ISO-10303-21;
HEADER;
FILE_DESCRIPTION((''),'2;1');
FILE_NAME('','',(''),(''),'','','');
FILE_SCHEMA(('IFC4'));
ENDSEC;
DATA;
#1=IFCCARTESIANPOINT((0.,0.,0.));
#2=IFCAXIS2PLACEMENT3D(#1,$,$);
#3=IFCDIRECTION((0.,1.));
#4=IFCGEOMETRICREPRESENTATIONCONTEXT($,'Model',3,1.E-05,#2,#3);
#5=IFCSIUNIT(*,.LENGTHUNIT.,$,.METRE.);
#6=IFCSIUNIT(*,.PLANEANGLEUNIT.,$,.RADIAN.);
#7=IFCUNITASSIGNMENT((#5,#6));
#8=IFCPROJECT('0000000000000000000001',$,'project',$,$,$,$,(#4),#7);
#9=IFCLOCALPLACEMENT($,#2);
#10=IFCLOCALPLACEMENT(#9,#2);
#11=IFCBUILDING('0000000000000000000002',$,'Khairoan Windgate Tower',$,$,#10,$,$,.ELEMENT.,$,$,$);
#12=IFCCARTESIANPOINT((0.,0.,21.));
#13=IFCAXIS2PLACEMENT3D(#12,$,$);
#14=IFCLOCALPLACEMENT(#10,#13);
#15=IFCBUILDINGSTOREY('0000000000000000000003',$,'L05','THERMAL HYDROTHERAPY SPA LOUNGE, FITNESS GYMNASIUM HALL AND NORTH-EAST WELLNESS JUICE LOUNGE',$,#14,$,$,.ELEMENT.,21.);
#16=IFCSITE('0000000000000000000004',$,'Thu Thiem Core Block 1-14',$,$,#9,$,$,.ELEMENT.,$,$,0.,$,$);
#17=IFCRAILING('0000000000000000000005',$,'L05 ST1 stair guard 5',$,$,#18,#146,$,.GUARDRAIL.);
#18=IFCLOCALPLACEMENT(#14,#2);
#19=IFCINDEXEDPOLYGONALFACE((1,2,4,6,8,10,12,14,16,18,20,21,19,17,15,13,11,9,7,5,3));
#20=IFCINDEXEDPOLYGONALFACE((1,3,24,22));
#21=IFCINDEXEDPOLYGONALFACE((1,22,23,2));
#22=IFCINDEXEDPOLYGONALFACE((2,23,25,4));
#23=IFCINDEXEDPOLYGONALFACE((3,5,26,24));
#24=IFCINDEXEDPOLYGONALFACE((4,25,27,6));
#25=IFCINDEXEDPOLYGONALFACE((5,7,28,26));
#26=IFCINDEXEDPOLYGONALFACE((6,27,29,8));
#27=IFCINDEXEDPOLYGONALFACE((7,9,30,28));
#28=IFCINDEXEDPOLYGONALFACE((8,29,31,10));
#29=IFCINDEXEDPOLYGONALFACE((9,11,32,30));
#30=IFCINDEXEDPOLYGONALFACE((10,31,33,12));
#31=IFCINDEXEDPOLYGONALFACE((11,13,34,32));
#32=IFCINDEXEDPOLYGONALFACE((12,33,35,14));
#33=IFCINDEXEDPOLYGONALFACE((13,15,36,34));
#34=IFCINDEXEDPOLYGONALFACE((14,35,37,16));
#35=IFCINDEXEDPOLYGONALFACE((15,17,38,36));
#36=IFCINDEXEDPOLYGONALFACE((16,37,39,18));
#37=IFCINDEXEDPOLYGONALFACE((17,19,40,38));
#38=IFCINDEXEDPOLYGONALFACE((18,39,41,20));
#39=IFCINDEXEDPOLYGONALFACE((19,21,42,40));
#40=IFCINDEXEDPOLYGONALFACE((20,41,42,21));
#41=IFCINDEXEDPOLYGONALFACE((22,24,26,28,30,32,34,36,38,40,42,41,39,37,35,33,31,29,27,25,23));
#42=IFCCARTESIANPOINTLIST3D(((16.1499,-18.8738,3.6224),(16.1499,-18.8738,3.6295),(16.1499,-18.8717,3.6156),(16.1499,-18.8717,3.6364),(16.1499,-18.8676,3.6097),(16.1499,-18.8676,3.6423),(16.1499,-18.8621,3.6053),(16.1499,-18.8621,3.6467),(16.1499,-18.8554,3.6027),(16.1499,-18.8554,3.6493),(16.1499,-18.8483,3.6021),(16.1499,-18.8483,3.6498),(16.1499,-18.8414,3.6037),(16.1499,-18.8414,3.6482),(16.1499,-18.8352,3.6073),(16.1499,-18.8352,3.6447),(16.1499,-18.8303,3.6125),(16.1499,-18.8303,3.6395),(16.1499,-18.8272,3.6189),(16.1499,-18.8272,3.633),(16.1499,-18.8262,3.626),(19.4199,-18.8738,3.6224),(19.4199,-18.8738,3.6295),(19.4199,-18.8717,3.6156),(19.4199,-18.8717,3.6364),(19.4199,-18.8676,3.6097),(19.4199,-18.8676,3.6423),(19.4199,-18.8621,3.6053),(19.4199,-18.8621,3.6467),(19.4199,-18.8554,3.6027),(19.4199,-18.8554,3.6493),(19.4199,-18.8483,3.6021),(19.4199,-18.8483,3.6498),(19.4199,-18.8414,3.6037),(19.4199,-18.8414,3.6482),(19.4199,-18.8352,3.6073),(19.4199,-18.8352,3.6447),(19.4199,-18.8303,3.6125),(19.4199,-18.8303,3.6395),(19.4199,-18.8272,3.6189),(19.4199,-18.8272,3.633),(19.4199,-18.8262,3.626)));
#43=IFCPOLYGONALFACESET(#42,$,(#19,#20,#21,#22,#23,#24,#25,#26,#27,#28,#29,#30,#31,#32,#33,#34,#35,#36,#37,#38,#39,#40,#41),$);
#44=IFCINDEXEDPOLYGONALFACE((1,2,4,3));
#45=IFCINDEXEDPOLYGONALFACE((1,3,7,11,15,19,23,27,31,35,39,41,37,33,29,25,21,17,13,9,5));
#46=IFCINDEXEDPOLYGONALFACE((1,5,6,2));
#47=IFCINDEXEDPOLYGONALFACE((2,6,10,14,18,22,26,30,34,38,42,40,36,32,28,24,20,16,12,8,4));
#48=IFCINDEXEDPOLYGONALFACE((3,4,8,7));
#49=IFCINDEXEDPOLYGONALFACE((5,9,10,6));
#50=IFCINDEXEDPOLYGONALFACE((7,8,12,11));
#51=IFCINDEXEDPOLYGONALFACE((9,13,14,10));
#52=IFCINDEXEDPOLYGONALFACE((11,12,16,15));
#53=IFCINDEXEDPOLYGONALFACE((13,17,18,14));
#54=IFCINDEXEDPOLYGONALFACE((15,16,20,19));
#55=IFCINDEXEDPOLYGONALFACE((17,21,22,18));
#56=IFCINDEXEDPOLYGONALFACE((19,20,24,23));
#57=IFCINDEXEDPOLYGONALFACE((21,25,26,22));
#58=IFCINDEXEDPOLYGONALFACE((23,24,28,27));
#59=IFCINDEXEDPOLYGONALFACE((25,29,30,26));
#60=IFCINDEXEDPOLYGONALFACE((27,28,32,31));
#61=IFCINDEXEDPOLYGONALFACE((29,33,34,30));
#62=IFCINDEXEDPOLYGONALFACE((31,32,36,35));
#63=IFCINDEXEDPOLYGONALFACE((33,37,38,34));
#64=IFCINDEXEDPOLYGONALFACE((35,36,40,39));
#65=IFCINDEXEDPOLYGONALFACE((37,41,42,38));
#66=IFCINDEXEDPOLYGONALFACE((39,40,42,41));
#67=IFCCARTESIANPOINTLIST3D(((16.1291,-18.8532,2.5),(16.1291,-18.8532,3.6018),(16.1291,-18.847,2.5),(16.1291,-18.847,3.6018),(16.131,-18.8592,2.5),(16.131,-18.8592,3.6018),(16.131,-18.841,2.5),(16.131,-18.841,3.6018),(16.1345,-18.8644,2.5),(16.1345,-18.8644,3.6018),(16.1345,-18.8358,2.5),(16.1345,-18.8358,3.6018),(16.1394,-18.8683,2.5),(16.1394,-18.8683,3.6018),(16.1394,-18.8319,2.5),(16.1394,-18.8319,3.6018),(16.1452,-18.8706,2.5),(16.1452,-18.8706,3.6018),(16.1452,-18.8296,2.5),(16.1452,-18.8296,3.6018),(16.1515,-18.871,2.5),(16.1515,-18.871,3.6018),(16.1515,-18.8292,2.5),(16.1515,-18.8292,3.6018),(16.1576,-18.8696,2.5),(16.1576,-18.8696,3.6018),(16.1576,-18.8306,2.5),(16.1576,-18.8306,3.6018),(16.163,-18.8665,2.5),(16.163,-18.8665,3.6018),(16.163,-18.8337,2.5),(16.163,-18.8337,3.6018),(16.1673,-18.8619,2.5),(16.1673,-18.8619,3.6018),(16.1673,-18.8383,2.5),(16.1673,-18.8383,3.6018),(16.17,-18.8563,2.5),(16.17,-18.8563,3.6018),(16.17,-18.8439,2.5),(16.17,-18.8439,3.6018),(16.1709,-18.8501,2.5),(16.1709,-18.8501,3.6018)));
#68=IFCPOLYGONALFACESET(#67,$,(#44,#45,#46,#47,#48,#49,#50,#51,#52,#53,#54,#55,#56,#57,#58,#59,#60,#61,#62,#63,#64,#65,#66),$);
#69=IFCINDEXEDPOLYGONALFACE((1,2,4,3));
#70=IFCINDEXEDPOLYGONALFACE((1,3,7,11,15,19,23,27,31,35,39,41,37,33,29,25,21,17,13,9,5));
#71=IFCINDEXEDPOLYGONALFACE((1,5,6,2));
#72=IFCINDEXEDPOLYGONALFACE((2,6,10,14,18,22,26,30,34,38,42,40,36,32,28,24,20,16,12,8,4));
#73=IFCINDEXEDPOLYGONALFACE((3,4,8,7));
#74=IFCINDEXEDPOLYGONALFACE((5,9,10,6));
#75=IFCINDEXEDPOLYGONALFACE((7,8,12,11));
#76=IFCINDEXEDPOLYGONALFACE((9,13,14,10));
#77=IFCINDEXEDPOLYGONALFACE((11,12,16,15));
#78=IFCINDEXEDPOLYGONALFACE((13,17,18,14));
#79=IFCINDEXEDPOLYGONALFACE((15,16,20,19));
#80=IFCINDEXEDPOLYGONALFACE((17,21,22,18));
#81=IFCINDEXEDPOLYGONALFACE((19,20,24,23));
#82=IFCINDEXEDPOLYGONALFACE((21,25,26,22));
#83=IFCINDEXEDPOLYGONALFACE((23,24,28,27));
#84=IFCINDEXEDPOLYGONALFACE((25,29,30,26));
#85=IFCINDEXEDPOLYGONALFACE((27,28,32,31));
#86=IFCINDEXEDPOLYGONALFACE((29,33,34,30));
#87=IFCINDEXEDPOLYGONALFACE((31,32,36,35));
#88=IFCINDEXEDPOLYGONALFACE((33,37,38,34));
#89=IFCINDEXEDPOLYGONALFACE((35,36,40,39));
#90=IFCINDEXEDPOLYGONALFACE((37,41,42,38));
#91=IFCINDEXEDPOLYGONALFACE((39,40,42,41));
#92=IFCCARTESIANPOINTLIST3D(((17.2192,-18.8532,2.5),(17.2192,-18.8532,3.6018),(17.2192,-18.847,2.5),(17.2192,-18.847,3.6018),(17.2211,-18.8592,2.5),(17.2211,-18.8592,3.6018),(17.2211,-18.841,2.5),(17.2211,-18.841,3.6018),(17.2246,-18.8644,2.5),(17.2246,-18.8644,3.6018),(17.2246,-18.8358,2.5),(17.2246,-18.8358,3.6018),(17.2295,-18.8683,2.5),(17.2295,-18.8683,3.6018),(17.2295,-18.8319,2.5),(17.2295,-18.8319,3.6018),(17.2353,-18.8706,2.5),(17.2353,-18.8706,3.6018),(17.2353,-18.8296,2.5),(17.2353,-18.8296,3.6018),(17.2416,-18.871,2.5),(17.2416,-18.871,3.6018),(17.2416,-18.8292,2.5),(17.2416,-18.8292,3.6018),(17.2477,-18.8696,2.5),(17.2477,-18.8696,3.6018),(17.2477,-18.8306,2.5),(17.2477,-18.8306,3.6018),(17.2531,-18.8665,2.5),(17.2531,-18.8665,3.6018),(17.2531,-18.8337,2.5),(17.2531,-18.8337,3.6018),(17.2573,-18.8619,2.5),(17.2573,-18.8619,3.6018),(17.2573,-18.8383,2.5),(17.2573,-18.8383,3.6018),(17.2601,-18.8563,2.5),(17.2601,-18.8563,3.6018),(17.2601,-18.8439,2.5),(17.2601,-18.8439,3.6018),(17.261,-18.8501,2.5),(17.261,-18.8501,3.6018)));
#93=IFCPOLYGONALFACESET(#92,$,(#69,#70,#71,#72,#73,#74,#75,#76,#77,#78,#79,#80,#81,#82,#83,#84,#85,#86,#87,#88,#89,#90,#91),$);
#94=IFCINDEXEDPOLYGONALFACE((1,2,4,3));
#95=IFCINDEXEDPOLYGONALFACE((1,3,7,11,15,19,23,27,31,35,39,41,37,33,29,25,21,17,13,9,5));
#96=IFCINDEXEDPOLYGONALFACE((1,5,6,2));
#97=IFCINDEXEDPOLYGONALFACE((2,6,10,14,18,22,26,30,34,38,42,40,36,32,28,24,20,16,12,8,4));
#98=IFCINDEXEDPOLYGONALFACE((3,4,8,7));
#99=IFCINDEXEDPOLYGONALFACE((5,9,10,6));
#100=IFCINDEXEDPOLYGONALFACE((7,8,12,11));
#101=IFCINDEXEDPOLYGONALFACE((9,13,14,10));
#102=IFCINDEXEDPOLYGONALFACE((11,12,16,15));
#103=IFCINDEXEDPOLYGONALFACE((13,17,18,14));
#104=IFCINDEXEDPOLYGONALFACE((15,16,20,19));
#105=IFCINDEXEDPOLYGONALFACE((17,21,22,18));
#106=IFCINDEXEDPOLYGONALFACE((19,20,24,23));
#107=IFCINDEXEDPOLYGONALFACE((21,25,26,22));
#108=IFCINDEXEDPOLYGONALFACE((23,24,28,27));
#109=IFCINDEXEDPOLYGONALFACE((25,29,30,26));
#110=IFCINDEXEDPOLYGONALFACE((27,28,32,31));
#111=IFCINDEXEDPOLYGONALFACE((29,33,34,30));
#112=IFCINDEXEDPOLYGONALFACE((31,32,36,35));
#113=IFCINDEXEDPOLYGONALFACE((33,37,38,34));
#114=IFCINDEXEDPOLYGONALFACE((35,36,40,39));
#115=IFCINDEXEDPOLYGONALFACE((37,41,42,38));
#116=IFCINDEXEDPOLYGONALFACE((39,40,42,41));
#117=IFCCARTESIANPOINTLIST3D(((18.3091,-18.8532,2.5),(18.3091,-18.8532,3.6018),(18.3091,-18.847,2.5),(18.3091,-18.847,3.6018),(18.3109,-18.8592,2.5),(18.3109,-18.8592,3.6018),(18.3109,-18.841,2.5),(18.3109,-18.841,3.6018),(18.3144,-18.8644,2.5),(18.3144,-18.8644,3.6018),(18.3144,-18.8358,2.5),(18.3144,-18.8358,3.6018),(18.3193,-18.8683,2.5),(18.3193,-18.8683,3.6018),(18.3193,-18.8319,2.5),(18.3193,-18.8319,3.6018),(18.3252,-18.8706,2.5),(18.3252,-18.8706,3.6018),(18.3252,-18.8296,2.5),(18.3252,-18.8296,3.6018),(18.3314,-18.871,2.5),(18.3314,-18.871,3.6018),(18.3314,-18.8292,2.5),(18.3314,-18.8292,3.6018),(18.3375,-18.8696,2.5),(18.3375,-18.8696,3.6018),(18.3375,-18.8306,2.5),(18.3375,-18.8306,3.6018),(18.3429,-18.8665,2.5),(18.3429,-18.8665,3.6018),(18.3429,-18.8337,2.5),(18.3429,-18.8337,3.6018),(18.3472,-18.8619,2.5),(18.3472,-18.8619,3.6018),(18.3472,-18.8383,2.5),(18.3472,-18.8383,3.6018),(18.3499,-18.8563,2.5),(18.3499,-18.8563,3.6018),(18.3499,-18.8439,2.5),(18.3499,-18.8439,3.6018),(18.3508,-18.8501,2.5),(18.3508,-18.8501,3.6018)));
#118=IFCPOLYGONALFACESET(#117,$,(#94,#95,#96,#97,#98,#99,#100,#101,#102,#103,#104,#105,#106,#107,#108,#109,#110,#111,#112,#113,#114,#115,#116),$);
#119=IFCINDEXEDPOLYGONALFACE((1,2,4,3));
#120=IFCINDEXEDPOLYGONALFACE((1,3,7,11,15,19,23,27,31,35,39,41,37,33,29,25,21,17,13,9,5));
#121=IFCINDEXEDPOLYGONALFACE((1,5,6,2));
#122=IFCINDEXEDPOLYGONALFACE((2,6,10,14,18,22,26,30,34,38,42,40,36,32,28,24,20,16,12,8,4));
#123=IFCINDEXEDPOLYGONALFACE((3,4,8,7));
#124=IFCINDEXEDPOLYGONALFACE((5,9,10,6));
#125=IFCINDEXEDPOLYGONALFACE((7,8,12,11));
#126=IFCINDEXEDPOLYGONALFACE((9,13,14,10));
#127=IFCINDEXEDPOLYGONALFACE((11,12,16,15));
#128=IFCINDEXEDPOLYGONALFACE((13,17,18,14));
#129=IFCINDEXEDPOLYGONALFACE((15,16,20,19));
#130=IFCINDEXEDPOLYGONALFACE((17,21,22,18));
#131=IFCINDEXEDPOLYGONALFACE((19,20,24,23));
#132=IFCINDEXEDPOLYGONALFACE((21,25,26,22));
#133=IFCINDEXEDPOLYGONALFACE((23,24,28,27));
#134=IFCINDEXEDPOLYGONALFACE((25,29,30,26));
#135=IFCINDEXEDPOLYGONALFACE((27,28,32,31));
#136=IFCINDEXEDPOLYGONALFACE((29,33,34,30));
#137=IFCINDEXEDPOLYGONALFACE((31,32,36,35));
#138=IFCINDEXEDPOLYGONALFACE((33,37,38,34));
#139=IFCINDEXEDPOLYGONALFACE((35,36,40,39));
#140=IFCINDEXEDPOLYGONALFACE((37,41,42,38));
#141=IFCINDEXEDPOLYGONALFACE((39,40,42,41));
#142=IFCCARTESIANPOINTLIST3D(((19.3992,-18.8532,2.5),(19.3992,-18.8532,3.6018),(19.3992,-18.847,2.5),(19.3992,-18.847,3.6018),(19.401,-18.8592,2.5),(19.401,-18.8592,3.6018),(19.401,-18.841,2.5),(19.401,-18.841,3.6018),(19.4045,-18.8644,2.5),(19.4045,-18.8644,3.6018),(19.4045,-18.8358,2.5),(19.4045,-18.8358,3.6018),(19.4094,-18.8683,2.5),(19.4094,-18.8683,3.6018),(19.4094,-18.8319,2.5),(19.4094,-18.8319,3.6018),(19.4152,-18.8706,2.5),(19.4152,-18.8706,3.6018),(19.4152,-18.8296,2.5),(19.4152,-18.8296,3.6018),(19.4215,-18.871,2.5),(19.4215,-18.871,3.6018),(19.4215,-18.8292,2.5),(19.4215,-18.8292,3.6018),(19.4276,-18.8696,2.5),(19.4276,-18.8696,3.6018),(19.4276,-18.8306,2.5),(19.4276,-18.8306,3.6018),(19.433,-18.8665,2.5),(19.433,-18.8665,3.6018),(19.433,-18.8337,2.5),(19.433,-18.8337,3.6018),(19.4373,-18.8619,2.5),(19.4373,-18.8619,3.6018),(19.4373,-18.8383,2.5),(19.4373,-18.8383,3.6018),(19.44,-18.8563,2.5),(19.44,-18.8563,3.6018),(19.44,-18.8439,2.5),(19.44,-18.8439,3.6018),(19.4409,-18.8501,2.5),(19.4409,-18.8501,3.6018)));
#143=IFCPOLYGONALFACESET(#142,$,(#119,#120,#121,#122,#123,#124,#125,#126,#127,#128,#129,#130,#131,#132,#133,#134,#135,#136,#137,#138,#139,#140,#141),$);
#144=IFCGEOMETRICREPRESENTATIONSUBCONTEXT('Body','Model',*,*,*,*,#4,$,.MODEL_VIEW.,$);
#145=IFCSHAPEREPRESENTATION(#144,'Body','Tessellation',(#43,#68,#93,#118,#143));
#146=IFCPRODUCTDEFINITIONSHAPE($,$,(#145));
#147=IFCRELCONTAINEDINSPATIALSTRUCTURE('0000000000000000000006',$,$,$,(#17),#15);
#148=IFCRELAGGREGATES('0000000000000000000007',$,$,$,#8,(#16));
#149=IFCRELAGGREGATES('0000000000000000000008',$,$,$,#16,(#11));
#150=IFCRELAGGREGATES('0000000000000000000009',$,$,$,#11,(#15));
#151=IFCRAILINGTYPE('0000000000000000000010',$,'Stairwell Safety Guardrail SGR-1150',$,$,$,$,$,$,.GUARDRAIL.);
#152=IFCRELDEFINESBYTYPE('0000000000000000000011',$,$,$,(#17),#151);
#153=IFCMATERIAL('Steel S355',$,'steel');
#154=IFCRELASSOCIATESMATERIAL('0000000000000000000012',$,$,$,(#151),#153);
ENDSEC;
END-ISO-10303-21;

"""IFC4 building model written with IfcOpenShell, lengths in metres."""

from ifc_helpers import new_model, si_unit, direction, frame, origin, origin_2d, place, context, subcontext, project, spatial, circle, extrude, material, type_object, element, save


model = new_model("IFC4")

# Units and contexts
model_context = context("Model", 3, precision=1e-05, world=origin(), true_north=direction((0.0, 1.0)))
body_context = subcontext(model_context, "Body", "Model", "MODEL_VIEW")
ifc_project = project(units=[si_unit("LENGTHUNIT", "METRE"), si_unit("PLANEANGLEUNIT", "RADIAN")], contexts=[model_context])

# Site, building, storey
site_placement = place(None, origin())
site = spatial("IfcSite", under=ifc_project, at=site_placement, Name="Thu Thiem Core Block 1-14", CompositionType="ELEMENT", RefElevation=0.0)
building_placement = place(site_placement, origin())
building = spatial("IfcBuilding", under=site, at=building_placement, Name="Khairoan Windgate Tower", CompositionType="ELEMENT")
storey_placement = place(building_placement, frame((0.0, 0.0, 21.0)))
storey = spatial("IfcBuildingStorey", under=building, at=storey_placement, Name="L05", Description="THERMAL HYDROTHERAPY SPA LOUNGE, FITNESS GYMNASIUM HALL AND NORTH-EAST WELLNESS JUICE LOUNGE", CompositionType="ELEMENT", Elevation=21.0)

# Railing
ifc_material_1 = material(Name="Steel S355", Category="steel")
railing_type = type_object("IfcRailingType", Name="Stairwell Safety Guardrail SGR-1150", PredefinedType="GUARDRAIL", material=ifc_material_1)
railing_1_placement = place(storey_placement, frame((16.1499, -18.8501, 2.5)))
element("IfcRailing", 1, at=railing_1_placement, inside=storey, type_object=railing_type, Name="L05 ST1 stair guard 5", PredefinedType="GUARDRAIL", context=body_context, shape_type="SweptSolid", body=[
    extrude(circle(Radius=0.0239, at=origin_2d()), frame((0.0, 0.0, 1.126), z_axis=(1.0, 0.0, 0.0), x_axis=(0.0, 1.0, 0.0)), (0.0, 0.0, 1.0), 3.27),
    extrude(circle(Radius=0.021, at=origin_2d()), origin(), (0.0, 0.0, 1.0), 1.1018),
    extrude(circle(Radius=0.021, at=origin_2d()), frame((1.0901, 0.0, 0.0)), (0.0, 0.0, 1.0), 1.1018),
    extrude(circle(Radius=0.021, at=origin_2d()), frame((2.1799, 0.0, 0.0)), (0.0, 0.0, 1.0), 1.1018),
    extrude(circle(Radius=0.021, at=origin_2d()), frame((3.27, 0.0, 0.0)), (0.0, 0.0, 1.0), 1.1018),
])

save(model, "model.ifc")
